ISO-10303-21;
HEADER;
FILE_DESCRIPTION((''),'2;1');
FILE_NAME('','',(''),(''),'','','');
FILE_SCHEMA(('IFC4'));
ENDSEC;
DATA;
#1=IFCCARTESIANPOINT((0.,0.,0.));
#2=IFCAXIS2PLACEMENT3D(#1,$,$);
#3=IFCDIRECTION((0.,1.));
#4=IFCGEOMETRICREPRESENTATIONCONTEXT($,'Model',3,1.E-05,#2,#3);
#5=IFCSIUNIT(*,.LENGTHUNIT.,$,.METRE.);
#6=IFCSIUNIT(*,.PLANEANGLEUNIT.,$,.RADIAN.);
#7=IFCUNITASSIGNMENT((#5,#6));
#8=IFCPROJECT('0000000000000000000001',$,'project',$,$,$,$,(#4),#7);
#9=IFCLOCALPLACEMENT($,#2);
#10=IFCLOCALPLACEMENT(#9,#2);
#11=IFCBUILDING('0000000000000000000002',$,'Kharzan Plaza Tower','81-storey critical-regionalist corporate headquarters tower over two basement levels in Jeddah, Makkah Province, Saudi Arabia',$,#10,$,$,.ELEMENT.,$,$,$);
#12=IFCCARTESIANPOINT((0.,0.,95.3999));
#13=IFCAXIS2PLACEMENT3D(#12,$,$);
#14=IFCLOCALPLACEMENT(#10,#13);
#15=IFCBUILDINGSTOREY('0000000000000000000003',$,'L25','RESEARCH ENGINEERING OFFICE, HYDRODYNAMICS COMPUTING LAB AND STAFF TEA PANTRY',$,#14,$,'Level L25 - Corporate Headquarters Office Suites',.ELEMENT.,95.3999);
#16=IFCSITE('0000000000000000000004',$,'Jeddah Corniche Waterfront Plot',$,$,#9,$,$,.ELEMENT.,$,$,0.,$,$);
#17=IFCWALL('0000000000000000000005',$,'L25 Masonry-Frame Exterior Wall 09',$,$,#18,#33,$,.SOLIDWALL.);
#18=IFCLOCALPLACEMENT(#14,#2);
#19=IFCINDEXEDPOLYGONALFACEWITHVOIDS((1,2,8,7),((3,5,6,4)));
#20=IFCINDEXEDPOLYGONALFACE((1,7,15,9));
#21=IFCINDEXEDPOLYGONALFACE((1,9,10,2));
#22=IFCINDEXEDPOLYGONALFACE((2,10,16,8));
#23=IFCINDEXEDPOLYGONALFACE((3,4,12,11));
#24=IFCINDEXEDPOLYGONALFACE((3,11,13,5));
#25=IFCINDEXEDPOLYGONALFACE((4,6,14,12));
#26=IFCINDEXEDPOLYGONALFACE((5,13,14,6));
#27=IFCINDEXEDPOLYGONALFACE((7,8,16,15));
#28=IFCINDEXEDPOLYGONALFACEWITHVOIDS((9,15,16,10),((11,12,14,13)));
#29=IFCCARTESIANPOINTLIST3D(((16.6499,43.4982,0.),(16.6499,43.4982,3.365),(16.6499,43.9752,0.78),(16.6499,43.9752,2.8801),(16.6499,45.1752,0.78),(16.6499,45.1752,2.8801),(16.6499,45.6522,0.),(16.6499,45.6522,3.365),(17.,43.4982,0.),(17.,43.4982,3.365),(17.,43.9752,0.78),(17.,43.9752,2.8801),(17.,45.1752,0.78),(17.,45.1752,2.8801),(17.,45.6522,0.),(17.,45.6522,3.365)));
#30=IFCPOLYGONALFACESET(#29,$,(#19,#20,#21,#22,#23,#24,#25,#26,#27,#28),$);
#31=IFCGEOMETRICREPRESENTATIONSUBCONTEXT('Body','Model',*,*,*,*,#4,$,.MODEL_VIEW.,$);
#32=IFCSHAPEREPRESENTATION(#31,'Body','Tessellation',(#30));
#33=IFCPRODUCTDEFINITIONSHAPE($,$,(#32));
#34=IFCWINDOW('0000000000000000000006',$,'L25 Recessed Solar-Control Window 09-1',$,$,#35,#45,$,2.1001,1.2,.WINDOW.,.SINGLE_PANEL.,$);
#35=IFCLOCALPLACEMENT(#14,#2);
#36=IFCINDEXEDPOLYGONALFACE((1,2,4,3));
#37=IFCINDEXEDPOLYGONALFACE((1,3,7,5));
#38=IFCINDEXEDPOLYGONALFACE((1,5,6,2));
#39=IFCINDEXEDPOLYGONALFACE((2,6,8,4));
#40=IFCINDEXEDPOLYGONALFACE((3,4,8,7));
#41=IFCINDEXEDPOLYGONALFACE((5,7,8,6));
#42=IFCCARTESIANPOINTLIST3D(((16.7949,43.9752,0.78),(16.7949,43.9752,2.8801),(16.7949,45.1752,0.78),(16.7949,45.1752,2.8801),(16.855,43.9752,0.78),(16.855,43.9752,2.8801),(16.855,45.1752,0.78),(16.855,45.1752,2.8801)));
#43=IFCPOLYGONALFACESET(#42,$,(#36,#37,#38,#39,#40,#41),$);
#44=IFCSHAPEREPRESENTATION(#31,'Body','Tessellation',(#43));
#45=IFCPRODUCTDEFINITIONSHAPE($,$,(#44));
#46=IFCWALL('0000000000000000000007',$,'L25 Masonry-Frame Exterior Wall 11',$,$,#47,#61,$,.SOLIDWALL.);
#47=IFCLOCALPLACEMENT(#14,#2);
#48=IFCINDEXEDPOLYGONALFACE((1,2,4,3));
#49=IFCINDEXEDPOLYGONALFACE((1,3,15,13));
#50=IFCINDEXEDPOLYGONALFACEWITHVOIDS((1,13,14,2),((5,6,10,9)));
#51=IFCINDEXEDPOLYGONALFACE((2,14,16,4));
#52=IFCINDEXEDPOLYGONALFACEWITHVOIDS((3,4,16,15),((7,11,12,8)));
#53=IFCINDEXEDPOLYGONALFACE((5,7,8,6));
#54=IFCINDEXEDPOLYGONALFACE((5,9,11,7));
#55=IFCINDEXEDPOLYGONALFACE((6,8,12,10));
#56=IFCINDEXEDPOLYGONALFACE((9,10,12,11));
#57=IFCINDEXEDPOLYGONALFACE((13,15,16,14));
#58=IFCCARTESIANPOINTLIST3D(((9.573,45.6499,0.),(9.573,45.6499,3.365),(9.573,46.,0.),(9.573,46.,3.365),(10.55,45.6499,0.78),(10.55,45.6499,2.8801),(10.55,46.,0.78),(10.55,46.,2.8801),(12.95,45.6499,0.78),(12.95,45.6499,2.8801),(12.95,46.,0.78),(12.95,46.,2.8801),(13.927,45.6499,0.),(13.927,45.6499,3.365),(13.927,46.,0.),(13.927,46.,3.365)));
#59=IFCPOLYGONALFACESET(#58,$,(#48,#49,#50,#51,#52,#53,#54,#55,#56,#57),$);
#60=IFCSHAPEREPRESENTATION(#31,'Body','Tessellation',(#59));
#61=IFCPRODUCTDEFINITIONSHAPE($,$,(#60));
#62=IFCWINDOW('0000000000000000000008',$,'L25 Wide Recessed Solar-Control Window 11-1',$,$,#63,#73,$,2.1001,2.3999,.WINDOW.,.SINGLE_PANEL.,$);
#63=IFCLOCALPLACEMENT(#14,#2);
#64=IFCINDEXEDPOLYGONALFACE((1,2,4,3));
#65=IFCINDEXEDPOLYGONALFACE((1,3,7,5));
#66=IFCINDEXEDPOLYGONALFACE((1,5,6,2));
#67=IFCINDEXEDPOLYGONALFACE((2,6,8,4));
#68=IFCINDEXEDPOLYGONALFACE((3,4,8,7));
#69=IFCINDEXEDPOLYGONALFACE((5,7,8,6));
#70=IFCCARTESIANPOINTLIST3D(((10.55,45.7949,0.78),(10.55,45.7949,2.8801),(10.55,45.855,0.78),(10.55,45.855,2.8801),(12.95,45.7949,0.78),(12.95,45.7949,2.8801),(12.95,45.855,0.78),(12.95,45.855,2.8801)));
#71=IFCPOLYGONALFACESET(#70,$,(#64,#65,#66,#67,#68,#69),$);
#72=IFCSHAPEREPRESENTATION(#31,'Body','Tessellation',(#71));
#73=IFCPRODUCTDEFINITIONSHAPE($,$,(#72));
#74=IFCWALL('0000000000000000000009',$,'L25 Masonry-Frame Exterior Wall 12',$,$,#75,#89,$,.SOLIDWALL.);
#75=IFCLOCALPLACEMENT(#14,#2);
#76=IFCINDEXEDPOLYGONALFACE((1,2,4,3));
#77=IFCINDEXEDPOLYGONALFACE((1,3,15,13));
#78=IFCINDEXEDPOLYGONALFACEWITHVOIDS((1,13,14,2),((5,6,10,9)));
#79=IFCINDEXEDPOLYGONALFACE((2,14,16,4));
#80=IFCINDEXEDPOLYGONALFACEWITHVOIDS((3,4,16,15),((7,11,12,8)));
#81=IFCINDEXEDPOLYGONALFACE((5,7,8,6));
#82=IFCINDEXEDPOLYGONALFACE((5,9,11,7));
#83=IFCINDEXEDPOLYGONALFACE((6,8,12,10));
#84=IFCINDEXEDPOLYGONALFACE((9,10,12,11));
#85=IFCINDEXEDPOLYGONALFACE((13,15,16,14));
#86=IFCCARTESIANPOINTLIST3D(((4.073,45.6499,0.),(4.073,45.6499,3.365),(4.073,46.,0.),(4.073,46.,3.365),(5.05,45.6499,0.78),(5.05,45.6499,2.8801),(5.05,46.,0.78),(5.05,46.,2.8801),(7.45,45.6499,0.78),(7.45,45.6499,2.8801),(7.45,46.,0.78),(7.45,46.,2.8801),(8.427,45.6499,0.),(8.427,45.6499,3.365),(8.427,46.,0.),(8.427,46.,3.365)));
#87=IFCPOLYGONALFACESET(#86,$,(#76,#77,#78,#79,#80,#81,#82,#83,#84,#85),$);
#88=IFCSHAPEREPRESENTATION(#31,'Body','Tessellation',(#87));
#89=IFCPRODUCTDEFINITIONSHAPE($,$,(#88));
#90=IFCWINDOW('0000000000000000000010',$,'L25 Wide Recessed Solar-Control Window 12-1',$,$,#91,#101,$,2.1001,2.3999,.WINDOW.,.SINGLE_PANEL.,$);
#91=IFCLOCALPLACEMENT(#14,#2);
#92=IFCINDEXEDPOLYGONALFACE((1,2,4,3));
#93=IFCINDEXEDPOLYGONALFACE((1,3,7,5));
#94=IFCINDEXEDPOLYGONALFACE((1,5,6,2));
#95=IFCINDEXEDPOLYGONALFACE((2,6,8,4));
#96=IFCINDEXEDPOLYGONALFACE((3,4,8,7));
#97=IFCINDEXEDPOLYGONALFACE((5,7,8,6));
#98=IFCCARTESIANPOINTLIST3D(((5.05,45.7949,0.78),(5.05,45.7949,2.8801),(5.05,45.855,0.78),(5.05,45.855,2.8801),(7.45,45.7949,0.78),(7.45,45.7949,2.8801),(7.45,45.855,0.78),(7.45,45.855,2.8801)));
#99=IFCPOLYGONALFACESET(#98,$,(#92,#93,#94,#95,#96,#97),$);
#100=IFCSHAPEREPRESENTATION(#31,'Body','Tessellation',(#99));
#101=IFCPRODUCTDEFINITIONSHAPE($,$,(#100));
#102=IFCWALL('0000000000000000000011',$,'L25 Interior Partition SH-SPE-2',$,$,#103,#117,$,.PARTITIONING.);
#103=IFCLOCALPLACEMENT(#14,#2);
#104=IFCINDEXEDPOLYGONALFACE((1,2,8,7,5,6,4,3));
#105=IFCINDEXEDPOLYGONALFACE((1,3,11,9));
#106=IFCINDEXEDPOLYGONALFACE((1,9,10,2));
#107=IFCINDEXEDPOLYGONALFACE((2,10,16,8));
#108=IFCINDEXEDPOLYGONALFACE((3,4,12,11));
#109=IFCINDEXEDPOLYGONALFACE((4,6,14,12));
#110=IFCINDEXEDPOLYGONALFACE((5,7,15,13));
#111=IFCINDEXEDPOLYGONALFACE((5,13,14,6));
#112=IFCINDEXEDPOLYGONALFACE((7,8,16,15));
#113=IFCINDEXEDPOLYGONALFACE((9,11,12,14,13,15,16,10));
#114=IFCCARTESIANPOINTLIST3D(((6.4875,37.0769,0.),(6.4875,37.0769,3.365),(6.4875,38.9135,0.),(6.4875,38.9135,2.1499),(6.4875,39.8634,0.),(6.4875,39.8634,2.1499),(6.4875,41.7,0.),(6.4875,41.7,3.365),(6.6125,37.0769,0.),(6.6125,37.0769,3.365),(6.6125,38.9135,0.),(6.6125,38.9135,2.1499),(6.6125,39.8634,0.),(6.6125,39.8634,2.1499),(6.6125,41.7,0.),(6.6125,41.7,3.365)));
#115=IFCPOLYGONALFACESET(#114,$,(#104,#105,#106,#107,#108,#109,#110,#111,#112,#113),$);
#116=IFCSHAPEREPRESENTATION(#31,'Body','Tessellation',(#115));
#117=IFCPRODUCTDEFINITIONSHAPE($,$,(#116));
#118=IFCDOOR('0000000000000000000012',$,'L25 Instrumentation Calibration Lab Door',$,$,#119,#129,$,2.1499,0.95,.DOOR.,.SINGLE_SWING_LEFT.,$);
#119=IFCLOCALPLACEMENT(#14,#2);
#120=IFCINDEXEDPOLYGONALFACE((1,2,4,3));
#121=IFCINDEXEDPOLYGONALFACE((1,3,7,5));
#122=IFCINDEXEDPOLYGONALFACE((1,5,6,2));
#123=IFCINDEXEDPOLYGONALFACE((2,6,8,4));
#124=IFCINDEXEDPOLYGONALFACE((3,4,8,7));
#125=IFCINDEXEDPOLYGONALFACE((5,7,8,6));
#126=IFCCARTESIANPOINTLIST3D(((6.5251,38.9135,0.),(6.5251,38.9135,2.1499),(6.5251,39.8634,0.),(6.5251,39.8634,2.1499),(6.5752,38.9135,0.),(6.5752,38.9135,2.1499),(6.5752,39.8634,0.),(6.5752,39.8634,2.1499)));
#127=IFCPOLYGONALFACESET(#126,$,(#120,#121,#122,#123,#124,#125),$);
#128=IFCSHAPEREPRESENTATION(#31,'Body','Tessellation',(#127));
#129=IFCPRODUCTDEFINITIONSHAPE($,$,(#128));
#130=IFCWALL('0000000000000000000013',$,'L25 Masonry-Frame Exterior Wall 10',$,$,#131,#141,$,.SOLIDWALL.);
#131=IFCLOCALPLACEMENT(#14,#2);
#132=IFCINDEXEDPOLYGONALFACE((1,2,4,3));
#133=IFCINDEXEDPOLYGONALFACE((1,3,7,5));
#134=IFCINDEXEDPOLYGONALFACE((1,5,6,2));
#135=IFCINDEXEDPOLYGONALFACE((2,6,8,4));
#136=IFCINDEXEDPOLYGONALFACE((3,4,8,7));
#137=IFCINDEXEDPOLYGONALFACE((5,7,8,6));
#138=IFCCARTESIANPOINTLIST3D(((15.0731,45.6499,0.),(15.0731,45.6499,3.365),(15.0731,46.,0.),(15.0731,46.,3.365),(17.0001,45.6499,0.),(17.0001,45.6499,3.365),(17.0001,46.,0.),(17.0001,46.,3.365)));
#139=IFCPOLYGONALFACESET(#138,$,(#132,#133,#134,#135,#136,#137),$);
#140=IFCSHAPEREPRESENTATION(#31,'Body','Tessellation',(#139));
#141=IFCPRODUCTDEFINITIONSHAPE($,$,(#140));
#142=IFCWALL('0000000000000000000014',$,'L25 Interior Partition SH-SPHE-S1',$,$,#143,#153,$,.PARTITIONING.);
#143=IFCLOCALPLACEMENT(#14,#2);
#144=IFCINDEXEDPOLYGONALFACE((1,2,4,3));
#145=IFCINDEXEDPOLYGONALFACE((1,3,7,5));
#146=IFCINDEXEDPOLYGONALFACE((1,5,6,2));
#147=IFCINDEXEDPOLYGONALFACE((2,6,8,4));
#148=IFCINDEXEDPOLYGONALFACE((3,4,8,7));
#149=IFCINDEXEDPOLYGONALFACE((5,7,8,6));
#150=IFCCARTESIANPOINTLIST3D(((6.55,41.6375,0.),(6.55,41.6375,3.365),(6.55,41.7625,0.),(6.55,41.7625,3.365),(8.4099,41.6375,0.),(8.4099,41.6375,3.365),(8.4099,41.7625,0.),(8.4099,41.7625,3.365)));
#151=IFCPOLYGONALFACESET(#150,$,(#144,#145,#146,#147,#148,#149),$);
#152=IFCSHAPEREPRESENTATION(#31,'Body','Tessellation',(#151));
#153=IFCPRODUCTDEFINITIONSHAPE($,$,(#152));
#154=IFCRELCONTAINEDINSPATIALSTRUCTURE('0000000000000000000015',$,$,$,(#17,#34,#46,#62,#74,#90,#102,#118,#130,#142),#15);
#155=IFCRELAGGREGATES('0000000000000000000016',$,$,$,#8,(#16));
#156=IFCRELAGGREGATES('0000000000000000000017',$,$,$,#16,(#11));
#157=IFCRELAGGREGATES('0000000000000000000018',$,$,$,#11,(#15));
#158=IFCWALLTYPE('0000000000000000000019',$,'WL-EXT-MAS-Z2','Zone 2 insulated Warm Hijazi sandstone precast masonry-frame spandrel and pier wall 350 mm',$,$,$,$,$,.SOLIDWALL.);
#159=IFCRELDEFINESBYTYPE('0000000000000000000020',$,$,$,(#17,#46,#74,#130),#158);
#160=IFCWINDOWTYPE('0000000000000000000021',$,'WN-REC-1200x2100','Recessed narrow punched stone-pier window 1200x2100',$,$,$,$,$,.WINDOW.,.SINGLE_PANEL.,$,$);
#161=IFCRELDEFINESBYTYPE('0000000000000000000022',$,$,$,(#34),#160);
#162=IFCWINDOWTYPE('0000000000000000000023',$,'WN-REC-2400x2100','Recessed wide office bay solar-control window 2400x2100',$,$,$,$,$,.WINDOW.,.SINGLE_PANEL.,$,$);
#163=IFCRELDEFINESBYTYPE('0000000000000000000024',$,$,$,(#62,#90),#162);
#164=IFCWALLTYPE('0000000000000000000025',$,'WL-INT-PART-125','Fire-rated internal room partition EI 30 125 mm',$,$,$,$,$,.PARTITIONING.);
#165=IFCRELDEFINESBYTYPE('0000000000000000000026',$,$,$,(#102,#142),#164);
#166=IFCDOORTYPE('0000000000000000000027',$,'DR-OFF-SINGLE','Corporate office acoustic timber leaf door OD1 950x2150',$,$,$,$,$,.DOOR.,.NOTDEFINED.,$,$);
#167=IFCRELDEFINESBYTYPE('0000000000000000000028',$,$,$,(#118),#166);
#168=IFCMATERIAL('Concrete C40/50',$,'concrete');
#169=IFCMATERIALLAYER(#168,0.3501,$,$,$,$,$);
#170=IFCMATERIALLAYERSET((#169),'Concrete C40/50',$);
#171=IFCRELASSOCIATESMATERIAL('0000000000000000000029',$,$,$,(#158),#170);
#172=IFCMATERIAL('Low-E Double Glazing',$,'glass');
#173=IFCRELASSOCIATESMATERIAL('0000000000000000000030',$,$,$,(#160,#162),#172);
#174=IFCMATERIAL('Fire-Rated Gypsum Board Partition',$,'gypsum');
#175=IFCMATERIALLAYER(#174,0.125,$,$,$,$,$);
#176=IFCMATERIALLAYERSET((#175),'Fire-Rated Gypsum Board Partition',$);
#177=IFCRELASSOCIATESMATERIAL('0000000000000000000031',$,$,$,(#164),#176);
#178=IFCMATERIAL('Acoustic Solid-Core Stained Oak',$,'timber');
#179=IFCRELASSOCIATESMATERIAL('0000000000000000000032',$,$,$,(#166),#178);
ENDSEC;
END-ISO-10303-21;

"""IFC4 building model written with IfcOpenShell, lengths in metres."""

from ifc_helpers import new_model, si_unit, direction, frame, frame_2d, origin, place, context, subcontext, project, spatial, rectangle, extrude, source, transform, mapped, material, layer, layer_set, type_object, element, fill, save


model = new_model("IFC4")

# Units and contexts
model_context = context("Model", 3, precision=1e-05, world=origin(), true_north=direction((0.0, 1.0)))
body_context = subcontext(model_context, "Body", "Model", "MODEL_VIEW")
ifc_project = project(units=[si_unit("LENGTHUNIT", "METRE"), si_unit("PLANEANGLEUNIT", "RADIAN")], contexts=[model_context])

# Site, building, storey
site_placement = place(None, origin())
site = spatial("IfcSite", under=ifc_project, at=site_placement, Name="Jeddah Corniche Waterfront Plot", CompositionType="ELEMENT", RefElevation=0.0)
building_placement = place(site_placement, origin())
building = spatial("IfcBuilding", under=site, at=building_placement, Name="Kharzan Plaza Tower", Description="81-storey critical-regionalist corporate headquarters tower over two basement levels in Jeddah, Makkah Province, Saudi Arabia", CompositionType="ELEMENT")
storey_placement = place(building_placement, frame((0.0, 0.0, 95.3999)))
storey = spatial("IfcBuildingStorey", under=building, at=storey_placement, Name="L25", Description="RESEARCH ENGINEERING OFFICE, HYDRODYNAMICS COMPUTING LAB AND STAFF TEA PANTRY", LongName="Level L25 - Corporate Headquarters Office Suites", CompositionType="ELEMENT", Elevation=95.3999)

# Walls, openings, windows
ifc_material_1 = material(Name="Concrete C40/50", Category="concrete")
ifc_layer_1 = layer(ifc_material_1, 0.3501)
ifc_layer_set_1 = layer_set([ifc_layer_1], Name="Concrete C40/50")
wall_type_1 = type_object("IfcWallType", Name="WL-EXT-MAS-Z2", Description="Zone 2 insulated Warm Hijazi sandstone precast masonry-frame spandrel and pier wall 350 mm", PredefinedType="SOLIDWALL", material=ifc_layer_set_1)
wall_1_placement = place(storey_placement, frame((16.825, 43.498, 0.0), z_axis=(0.0, 0.0, 1.0), x_axis=(0.0, 1.0, 0.0)))
wall_1 = element("IfcWall", 1, at=wall_1_placement, inside=storey, type_object=wall_type_1, Name="L25 Masonry-Frame Exterior Wall 09", PredefinedType="SOLIDWALL", context=body_context, shape_type="SweptSolid", body=[
    extrude(rectangle(XDim=2.1541, YDim=0.3501, at=frame_2d((1.0771, 0.0))), origin(), (0.0, 0.0, 1.0), 3.365),
])
opening_1_placement = place(wall_1_placement, frame((0.4771, 0.0, 0.78)))
opening_1 = element("IfcOpeningElement", 2, at=opening_1_placement, cuts=wall_1, PredefinedType="OPENING", context=body_context, shape_type="SweptSolid", body=[
    extrude(rectangle(XDim=1.2, YDim=2.1001, at=frame_2d((0.6001, 1.05))), frame((0.0, 0.1851, 0.0), z_axis=(0.0, -1.0, 0.0), x_axis=(1.0, 0.0, 0.0)), (0.0, 0.0, 1.0), 0.3701),
])
ifc_material_2 = material(Name="Low-E Double Glazing", Category="glass")
window_type_1 = type_object("IfcWindowType", Name="WN-REC-1200x2100", Description="Recessed narrow punched stone-pier window 1200x2100", PartitioningType="SINGLE_PANEL", PredefinedType="WINDOW", material=ifc_material_2)
shared_shape_1 = source(origin(), body_context, "Body", "SweptSolid", [
    extrude(rectangle(XDim=1.2, YDim=2.1001, at=frame_2d((0.6001, 1.05))), frame((0.0, 0.03, 0.0), z_axis=(0.0, -1.0, 0.0), x_axis=(1.0, 0.0, 0.0)), (0.0, 0.0, 1.0), 0.0601),
])
window_1_placement = place(opening_1_placement, origin())
window_1 = element("IfcWindow", 3, at=window_1_placement, inside=storey, type_object=window_type_1, Name="L25 Recessed Solar-Control Window 09-1", OverallHeight=2.1001, OverallWidth=1.2, PartitioningType="SINGLE_PANEL", PredefinedType="WINDOW", context=body_context, shape_type="MappedRepresentation", body=[
    mapped(shared_shape_1, transform((0.0, 0.0, 0.0), x_axis=(1.0, 0.0, 0.0), y_axis=(0.0, 1.0, 0.0), z_axis=(0.0, 0.0, 1.0))),
])
fill(opening_1, window_1)
wall_2_placement = place(storey_placement, frame((13.927, 45.825, 0.0), z_axis=(0.0, 0.0, 1.0), x_axis=(-1.0, 0.0, 0.0)))
wall_2 = element("IfcWall", 4, at=wall_2_placement, inside=storey, type_object=wall_type_1, Name="L25 Masonry-Frame Exterior Wall 11", PredefinedType="SOLIDWALL", context=body_context, shape_type="SweptSolid", body=[
    extrude(rectangle(XDim=4.354, YDim=0.3501, at=frame_2d((2.177, 0.0))), origin(), (0.0, 0.0, 1.0), 3.365),
])
opening_2_placement = place(wall_2_placement, frame((0.9771, 0.0, 0.78)))
opening_2 = element("IfcOpeningElement", 5, at=opening_2_placement, cuts=wall_2, PredefinedType="OPENING", context=body_context, shape_type="SweptSolid", body=[
    extrude(rectangle(XDim=2.3999, YDim=2.1001, at=frame_2d((1.2, 1.05))), frame((0.0, 0.1851, 0.0), z_axis=(0.0, -1.0, 0.0), x_axis=(1.0, 0.0, 0.0)), (0.0, 0.0, 1.0), 0.3701),
])
window_type_2 = type_object("IfcWindowType", Name="WN-REC-2400x2100", Description="Recessed wide office bay solar-control window 2400x2100", PartitioningType="SINGLE_PANEL", PredefinedType="WINDOW", material=ifc_material_2)
shared_shape_2 = source(origin(), body_context, "Body", "SweptSolid", [
    extrude(rectangle(XDim=2.3999, YDim=2.1001, at=frame_2d((1.2, 1.05))), frame((0.0, 0.03, 0.0), z_axis=(0.0, -1.0, 0.0), x_axis=(1.0, 0.0, 0.0)), (0.0, 0.0, 1.0), 0.0601),
])
window_2_placement = place(opening_2_placement, origin())
window_2 = element("IfcWindow", 6, at=window_2_placement, inside=storey, type_object=window_type_2, Name="L25 Wide Recessed Solar-Control Window 11-1", OverallHeight=2.1001, OverallWidth=2.3999, PartitioningType="SINGLE_PANEL", PredefinedType="WINDOW", context=body_context, shape_type="MappedRepresentation", body=[
    mapped(shared_shape_2, transform((0.0, 0.0, 0.0), x_axis=(1.0, 0.0, 0.0), y_axis=(0.0, 1.0, 0.0), z_axis=(0.0, 0.0, 1.0))),
])
fill(opening_2, window_2)
wall_3_placement = place(storey_placement, frame((8.427, 45.825, 0.0), z_axis=(0.0, 0.0, 1.0), x_axis=(-1.0, 0.0, 0.0)))
wall_3 = element("IfcWall", 7, at=wall_3_placement, inside=storey, type_object=wall_type_1, Name="L25 Masonry-Frame Exterior Wall 12", PredefinedType="SOLIDWALL", context=body_context, shape_type="SweptSolid", body=[
    extrude(rectangle(XDim=4.354, YDim=0.3501, at=frame_2d((2.177, 0.0))), origin(), (0.0, 0.0, 1.0), 3.365),
])
opening_3_placement = place(wall_3_placement, frame((0.9771, 0.0, 0.78)))
opening_3 = element("IfcOpeningElement", 8, at=opening_3_placement, cuts=wall_3, PredefinedType="OPENING", context=body_context, shape_type="SweptSolid", body=[
    extrude(rectangle(XDim=2.3999, YDim=2.1001, at=frame_2d((1.2, 1.05))), frame((0.0, 0.1851, 0.0), z_axis=(0.0, -1.0, 0.0), x_axis=(1.0, 0.0, 0.0)), (0.0, 0.0, 1.0), 0.3701),
])
window_3_placement = place(opening_3_placement, origin())
window_3 = element("IfcWindow", 9, at=window_3_placement, inside=storey, type_object=window_type_2, Name="L25 Wide Recessed Solar-Control Window 12-1", OverallHeight=2.1001, OverallWidth=2.3999, PartitioningType="SINGLE_PANEL", PredefinedType="WINDOW", context=body_context, shape_type="MappedRepresentation", body=[
    mapped(shared_shape_2, transform((0.0, 0.0, 0.0), x_axis=(1.0, 0.0, 0.0), y_axis=(0.0, 1.0, 0.0), z_axis=(0.0, 0.0, 1.0))),
])
fill(opening_3, window_3)

# Wall, opening, door
ifc_material_3 = material(Name="Fire-Rated Gypsum Board Partition", Category="gypsum")
ifc_layer_2 = layer(ifc_material_3, 0.125)
ifc_layer_set_2 = layer_set([ifc_layer_2], Name="Fire-Rated Gypsum Board Partition")
wall_type_2 = type_object("IfcWallType", Name="WL-INT-PART-125", Description="Fire-rated internal room partition EI 30 125 mm", PredefinedType="PARTITIONING", material=ifc_layer_set_2)
wall_4_placement = place(storey_placement, frame((6.55, 37.0769, 0.0), z_axis=(0.0, 0.0, 1.0), x_axis=(0.0, 1.0, 0.0)))
wall_4 = element("IfcWall", 10, at=wall_4_placement, inside=storey, type_object=wall_type_2, Name="L25 Interior Partition SH-SPE-2", PredefinedType="PARTITIONING", context=body_context, shape_type="SweptSolid", body=[
    extrude(rectangle(XDim=4.623, YDim=0.125, at=frame_2d((2.3115, 0.0))), origin(), (0.0, 0.0, 1.0), 3.365),
])
opening_4_placement = place(wall_4_placement, frame((1.8364, 0.0, 0.0)))
opening_4 = element("IfcOpeningElement", 11, at=opening_4_placement, cuts=wall_4, PredefinedType="OPENING", context=body_context, shape_type="SweptSolid", body=[
    extrude(rectangle(XDim=0.95, YDim=2.1499, at=frame_2d((0.4751, 1.075))), frame((0.0, 0.0725, 0.0), z_axis=(0.0, -1.0, 0.0), x_axis=(1.0, 0.0, 0.0)), (0.0, 0.0, 1.0), 0.145),
])
ifc_material_4 = material(Name="Acoustic Solid-Core Stained Oak", Category="timber")
door_type = type_object("IfcDoorType", Name="DR-OFF-SINGLE", Description="Corporate office acoustic timber leaf door OD1 950x2150", OperationType="NOTDEFINED", PredefinedType="DOOR", material=ifc_material_4)
shared_shape_3 = source(origin(), body_context, "Body", "SweptSolid", [
    extrude(rectangle(XDim=0.95, YDim=2.1499, at=frame_2d((0.4751, 1.075))), frame((0.0, 0.0249, 0.0), z_axis=(0.0, -1.0, 0.0), x_axis=(1.0, 0.0, 0.0)), (0.0, 0.0, 1.0), 0.05),
])
door_placement = place(opening_4_placement, origin())
door = element("IfcDoor", 12, at=door_placement, inside=storey, type_object=door_type, Name="L25 Instrumentation Calibration Lab Door", OperationType="SINGLE_SWING_LEFT", OverallHeight=2.1499, OverallWidth=0.95, PredefinedType="DOOR", context=body_context, shape_type="MappedRepresentation", body=[
    mapped(shared_shape_3, transform((0.0, 0.0, 0.0), x_axis=(1.0, 0.0, 0.0), y_axis=(0.0, 1.0, 0.0), z_axis=(0.0, 0.0, 1.0))),
])
fill(opening_4, door)

# Walls
shared_shape_4 = source(origin(), body_context, "Body", "SweptSolid", [
    extrude(rectangle(XDim=1.927, YDim=0.3501, at=frame_2d((0.9634, 0.0))), origin(), (0.0, 0.0, 1.0), 3.365),
])
wall_5_placement = place(storey_placement, frame((17.0, 45.825, 0.0), z_axis=(0.0, 0.0, 1.0), x_axis=(-1.0, 0.0, 0.0)))
element("IfcWall", 13, at=wall_5_placement, inside=storey, type_object=wall_type_1, Name="L25 Masonry-Frame Exterior Wall 10", PredefinedType="SOLIDWALL", context=body_context, shape_type="MappedRepresentation", body=[
    mapped(shared_shape_4, transform((0.0, 0.0, 0.0), x_axis=(1.0, 0.0, 0.0), y_axis=(0.0, 1.0, 0.0), z_axis=(0.0, 0.0, 1.0))),
])
shared_shape_5 = source(origin(), body_context, "Body", "SweptSolid", [
    extrude(rectangle(XDim=1.8599, YDim=0.125, at=frame_2d((0.9299, 0.0))), origin(), (0.0, 0.0, 1.0), 3.365),
])
wall_6_placement = place(storey_placement, frame((6.55, 41.7, 0.0), z_axis=(0.0, 0.0, 1.0), x_axis=(1.0, 0.0, 0.0)))
element("IfcWall", 14, at=wall_6_placement, inside=storey, type_object=wall_type_2, Name="L25 Interior Partition SH-SPHE-S1", PredefinedType="PARTITIONING", context=body_context, shape_type="MappedRepresentation", body=[
    mapped(shared_shape_5, transform((0.0, 0.0, 0.0), x_axis=(1.0, 0.0, 0.0), y_axis=(0.0, 1.0, 0.0), z_axis=(0.0, 0.0, 1.0))),
])

save(model, "model.ifc")
